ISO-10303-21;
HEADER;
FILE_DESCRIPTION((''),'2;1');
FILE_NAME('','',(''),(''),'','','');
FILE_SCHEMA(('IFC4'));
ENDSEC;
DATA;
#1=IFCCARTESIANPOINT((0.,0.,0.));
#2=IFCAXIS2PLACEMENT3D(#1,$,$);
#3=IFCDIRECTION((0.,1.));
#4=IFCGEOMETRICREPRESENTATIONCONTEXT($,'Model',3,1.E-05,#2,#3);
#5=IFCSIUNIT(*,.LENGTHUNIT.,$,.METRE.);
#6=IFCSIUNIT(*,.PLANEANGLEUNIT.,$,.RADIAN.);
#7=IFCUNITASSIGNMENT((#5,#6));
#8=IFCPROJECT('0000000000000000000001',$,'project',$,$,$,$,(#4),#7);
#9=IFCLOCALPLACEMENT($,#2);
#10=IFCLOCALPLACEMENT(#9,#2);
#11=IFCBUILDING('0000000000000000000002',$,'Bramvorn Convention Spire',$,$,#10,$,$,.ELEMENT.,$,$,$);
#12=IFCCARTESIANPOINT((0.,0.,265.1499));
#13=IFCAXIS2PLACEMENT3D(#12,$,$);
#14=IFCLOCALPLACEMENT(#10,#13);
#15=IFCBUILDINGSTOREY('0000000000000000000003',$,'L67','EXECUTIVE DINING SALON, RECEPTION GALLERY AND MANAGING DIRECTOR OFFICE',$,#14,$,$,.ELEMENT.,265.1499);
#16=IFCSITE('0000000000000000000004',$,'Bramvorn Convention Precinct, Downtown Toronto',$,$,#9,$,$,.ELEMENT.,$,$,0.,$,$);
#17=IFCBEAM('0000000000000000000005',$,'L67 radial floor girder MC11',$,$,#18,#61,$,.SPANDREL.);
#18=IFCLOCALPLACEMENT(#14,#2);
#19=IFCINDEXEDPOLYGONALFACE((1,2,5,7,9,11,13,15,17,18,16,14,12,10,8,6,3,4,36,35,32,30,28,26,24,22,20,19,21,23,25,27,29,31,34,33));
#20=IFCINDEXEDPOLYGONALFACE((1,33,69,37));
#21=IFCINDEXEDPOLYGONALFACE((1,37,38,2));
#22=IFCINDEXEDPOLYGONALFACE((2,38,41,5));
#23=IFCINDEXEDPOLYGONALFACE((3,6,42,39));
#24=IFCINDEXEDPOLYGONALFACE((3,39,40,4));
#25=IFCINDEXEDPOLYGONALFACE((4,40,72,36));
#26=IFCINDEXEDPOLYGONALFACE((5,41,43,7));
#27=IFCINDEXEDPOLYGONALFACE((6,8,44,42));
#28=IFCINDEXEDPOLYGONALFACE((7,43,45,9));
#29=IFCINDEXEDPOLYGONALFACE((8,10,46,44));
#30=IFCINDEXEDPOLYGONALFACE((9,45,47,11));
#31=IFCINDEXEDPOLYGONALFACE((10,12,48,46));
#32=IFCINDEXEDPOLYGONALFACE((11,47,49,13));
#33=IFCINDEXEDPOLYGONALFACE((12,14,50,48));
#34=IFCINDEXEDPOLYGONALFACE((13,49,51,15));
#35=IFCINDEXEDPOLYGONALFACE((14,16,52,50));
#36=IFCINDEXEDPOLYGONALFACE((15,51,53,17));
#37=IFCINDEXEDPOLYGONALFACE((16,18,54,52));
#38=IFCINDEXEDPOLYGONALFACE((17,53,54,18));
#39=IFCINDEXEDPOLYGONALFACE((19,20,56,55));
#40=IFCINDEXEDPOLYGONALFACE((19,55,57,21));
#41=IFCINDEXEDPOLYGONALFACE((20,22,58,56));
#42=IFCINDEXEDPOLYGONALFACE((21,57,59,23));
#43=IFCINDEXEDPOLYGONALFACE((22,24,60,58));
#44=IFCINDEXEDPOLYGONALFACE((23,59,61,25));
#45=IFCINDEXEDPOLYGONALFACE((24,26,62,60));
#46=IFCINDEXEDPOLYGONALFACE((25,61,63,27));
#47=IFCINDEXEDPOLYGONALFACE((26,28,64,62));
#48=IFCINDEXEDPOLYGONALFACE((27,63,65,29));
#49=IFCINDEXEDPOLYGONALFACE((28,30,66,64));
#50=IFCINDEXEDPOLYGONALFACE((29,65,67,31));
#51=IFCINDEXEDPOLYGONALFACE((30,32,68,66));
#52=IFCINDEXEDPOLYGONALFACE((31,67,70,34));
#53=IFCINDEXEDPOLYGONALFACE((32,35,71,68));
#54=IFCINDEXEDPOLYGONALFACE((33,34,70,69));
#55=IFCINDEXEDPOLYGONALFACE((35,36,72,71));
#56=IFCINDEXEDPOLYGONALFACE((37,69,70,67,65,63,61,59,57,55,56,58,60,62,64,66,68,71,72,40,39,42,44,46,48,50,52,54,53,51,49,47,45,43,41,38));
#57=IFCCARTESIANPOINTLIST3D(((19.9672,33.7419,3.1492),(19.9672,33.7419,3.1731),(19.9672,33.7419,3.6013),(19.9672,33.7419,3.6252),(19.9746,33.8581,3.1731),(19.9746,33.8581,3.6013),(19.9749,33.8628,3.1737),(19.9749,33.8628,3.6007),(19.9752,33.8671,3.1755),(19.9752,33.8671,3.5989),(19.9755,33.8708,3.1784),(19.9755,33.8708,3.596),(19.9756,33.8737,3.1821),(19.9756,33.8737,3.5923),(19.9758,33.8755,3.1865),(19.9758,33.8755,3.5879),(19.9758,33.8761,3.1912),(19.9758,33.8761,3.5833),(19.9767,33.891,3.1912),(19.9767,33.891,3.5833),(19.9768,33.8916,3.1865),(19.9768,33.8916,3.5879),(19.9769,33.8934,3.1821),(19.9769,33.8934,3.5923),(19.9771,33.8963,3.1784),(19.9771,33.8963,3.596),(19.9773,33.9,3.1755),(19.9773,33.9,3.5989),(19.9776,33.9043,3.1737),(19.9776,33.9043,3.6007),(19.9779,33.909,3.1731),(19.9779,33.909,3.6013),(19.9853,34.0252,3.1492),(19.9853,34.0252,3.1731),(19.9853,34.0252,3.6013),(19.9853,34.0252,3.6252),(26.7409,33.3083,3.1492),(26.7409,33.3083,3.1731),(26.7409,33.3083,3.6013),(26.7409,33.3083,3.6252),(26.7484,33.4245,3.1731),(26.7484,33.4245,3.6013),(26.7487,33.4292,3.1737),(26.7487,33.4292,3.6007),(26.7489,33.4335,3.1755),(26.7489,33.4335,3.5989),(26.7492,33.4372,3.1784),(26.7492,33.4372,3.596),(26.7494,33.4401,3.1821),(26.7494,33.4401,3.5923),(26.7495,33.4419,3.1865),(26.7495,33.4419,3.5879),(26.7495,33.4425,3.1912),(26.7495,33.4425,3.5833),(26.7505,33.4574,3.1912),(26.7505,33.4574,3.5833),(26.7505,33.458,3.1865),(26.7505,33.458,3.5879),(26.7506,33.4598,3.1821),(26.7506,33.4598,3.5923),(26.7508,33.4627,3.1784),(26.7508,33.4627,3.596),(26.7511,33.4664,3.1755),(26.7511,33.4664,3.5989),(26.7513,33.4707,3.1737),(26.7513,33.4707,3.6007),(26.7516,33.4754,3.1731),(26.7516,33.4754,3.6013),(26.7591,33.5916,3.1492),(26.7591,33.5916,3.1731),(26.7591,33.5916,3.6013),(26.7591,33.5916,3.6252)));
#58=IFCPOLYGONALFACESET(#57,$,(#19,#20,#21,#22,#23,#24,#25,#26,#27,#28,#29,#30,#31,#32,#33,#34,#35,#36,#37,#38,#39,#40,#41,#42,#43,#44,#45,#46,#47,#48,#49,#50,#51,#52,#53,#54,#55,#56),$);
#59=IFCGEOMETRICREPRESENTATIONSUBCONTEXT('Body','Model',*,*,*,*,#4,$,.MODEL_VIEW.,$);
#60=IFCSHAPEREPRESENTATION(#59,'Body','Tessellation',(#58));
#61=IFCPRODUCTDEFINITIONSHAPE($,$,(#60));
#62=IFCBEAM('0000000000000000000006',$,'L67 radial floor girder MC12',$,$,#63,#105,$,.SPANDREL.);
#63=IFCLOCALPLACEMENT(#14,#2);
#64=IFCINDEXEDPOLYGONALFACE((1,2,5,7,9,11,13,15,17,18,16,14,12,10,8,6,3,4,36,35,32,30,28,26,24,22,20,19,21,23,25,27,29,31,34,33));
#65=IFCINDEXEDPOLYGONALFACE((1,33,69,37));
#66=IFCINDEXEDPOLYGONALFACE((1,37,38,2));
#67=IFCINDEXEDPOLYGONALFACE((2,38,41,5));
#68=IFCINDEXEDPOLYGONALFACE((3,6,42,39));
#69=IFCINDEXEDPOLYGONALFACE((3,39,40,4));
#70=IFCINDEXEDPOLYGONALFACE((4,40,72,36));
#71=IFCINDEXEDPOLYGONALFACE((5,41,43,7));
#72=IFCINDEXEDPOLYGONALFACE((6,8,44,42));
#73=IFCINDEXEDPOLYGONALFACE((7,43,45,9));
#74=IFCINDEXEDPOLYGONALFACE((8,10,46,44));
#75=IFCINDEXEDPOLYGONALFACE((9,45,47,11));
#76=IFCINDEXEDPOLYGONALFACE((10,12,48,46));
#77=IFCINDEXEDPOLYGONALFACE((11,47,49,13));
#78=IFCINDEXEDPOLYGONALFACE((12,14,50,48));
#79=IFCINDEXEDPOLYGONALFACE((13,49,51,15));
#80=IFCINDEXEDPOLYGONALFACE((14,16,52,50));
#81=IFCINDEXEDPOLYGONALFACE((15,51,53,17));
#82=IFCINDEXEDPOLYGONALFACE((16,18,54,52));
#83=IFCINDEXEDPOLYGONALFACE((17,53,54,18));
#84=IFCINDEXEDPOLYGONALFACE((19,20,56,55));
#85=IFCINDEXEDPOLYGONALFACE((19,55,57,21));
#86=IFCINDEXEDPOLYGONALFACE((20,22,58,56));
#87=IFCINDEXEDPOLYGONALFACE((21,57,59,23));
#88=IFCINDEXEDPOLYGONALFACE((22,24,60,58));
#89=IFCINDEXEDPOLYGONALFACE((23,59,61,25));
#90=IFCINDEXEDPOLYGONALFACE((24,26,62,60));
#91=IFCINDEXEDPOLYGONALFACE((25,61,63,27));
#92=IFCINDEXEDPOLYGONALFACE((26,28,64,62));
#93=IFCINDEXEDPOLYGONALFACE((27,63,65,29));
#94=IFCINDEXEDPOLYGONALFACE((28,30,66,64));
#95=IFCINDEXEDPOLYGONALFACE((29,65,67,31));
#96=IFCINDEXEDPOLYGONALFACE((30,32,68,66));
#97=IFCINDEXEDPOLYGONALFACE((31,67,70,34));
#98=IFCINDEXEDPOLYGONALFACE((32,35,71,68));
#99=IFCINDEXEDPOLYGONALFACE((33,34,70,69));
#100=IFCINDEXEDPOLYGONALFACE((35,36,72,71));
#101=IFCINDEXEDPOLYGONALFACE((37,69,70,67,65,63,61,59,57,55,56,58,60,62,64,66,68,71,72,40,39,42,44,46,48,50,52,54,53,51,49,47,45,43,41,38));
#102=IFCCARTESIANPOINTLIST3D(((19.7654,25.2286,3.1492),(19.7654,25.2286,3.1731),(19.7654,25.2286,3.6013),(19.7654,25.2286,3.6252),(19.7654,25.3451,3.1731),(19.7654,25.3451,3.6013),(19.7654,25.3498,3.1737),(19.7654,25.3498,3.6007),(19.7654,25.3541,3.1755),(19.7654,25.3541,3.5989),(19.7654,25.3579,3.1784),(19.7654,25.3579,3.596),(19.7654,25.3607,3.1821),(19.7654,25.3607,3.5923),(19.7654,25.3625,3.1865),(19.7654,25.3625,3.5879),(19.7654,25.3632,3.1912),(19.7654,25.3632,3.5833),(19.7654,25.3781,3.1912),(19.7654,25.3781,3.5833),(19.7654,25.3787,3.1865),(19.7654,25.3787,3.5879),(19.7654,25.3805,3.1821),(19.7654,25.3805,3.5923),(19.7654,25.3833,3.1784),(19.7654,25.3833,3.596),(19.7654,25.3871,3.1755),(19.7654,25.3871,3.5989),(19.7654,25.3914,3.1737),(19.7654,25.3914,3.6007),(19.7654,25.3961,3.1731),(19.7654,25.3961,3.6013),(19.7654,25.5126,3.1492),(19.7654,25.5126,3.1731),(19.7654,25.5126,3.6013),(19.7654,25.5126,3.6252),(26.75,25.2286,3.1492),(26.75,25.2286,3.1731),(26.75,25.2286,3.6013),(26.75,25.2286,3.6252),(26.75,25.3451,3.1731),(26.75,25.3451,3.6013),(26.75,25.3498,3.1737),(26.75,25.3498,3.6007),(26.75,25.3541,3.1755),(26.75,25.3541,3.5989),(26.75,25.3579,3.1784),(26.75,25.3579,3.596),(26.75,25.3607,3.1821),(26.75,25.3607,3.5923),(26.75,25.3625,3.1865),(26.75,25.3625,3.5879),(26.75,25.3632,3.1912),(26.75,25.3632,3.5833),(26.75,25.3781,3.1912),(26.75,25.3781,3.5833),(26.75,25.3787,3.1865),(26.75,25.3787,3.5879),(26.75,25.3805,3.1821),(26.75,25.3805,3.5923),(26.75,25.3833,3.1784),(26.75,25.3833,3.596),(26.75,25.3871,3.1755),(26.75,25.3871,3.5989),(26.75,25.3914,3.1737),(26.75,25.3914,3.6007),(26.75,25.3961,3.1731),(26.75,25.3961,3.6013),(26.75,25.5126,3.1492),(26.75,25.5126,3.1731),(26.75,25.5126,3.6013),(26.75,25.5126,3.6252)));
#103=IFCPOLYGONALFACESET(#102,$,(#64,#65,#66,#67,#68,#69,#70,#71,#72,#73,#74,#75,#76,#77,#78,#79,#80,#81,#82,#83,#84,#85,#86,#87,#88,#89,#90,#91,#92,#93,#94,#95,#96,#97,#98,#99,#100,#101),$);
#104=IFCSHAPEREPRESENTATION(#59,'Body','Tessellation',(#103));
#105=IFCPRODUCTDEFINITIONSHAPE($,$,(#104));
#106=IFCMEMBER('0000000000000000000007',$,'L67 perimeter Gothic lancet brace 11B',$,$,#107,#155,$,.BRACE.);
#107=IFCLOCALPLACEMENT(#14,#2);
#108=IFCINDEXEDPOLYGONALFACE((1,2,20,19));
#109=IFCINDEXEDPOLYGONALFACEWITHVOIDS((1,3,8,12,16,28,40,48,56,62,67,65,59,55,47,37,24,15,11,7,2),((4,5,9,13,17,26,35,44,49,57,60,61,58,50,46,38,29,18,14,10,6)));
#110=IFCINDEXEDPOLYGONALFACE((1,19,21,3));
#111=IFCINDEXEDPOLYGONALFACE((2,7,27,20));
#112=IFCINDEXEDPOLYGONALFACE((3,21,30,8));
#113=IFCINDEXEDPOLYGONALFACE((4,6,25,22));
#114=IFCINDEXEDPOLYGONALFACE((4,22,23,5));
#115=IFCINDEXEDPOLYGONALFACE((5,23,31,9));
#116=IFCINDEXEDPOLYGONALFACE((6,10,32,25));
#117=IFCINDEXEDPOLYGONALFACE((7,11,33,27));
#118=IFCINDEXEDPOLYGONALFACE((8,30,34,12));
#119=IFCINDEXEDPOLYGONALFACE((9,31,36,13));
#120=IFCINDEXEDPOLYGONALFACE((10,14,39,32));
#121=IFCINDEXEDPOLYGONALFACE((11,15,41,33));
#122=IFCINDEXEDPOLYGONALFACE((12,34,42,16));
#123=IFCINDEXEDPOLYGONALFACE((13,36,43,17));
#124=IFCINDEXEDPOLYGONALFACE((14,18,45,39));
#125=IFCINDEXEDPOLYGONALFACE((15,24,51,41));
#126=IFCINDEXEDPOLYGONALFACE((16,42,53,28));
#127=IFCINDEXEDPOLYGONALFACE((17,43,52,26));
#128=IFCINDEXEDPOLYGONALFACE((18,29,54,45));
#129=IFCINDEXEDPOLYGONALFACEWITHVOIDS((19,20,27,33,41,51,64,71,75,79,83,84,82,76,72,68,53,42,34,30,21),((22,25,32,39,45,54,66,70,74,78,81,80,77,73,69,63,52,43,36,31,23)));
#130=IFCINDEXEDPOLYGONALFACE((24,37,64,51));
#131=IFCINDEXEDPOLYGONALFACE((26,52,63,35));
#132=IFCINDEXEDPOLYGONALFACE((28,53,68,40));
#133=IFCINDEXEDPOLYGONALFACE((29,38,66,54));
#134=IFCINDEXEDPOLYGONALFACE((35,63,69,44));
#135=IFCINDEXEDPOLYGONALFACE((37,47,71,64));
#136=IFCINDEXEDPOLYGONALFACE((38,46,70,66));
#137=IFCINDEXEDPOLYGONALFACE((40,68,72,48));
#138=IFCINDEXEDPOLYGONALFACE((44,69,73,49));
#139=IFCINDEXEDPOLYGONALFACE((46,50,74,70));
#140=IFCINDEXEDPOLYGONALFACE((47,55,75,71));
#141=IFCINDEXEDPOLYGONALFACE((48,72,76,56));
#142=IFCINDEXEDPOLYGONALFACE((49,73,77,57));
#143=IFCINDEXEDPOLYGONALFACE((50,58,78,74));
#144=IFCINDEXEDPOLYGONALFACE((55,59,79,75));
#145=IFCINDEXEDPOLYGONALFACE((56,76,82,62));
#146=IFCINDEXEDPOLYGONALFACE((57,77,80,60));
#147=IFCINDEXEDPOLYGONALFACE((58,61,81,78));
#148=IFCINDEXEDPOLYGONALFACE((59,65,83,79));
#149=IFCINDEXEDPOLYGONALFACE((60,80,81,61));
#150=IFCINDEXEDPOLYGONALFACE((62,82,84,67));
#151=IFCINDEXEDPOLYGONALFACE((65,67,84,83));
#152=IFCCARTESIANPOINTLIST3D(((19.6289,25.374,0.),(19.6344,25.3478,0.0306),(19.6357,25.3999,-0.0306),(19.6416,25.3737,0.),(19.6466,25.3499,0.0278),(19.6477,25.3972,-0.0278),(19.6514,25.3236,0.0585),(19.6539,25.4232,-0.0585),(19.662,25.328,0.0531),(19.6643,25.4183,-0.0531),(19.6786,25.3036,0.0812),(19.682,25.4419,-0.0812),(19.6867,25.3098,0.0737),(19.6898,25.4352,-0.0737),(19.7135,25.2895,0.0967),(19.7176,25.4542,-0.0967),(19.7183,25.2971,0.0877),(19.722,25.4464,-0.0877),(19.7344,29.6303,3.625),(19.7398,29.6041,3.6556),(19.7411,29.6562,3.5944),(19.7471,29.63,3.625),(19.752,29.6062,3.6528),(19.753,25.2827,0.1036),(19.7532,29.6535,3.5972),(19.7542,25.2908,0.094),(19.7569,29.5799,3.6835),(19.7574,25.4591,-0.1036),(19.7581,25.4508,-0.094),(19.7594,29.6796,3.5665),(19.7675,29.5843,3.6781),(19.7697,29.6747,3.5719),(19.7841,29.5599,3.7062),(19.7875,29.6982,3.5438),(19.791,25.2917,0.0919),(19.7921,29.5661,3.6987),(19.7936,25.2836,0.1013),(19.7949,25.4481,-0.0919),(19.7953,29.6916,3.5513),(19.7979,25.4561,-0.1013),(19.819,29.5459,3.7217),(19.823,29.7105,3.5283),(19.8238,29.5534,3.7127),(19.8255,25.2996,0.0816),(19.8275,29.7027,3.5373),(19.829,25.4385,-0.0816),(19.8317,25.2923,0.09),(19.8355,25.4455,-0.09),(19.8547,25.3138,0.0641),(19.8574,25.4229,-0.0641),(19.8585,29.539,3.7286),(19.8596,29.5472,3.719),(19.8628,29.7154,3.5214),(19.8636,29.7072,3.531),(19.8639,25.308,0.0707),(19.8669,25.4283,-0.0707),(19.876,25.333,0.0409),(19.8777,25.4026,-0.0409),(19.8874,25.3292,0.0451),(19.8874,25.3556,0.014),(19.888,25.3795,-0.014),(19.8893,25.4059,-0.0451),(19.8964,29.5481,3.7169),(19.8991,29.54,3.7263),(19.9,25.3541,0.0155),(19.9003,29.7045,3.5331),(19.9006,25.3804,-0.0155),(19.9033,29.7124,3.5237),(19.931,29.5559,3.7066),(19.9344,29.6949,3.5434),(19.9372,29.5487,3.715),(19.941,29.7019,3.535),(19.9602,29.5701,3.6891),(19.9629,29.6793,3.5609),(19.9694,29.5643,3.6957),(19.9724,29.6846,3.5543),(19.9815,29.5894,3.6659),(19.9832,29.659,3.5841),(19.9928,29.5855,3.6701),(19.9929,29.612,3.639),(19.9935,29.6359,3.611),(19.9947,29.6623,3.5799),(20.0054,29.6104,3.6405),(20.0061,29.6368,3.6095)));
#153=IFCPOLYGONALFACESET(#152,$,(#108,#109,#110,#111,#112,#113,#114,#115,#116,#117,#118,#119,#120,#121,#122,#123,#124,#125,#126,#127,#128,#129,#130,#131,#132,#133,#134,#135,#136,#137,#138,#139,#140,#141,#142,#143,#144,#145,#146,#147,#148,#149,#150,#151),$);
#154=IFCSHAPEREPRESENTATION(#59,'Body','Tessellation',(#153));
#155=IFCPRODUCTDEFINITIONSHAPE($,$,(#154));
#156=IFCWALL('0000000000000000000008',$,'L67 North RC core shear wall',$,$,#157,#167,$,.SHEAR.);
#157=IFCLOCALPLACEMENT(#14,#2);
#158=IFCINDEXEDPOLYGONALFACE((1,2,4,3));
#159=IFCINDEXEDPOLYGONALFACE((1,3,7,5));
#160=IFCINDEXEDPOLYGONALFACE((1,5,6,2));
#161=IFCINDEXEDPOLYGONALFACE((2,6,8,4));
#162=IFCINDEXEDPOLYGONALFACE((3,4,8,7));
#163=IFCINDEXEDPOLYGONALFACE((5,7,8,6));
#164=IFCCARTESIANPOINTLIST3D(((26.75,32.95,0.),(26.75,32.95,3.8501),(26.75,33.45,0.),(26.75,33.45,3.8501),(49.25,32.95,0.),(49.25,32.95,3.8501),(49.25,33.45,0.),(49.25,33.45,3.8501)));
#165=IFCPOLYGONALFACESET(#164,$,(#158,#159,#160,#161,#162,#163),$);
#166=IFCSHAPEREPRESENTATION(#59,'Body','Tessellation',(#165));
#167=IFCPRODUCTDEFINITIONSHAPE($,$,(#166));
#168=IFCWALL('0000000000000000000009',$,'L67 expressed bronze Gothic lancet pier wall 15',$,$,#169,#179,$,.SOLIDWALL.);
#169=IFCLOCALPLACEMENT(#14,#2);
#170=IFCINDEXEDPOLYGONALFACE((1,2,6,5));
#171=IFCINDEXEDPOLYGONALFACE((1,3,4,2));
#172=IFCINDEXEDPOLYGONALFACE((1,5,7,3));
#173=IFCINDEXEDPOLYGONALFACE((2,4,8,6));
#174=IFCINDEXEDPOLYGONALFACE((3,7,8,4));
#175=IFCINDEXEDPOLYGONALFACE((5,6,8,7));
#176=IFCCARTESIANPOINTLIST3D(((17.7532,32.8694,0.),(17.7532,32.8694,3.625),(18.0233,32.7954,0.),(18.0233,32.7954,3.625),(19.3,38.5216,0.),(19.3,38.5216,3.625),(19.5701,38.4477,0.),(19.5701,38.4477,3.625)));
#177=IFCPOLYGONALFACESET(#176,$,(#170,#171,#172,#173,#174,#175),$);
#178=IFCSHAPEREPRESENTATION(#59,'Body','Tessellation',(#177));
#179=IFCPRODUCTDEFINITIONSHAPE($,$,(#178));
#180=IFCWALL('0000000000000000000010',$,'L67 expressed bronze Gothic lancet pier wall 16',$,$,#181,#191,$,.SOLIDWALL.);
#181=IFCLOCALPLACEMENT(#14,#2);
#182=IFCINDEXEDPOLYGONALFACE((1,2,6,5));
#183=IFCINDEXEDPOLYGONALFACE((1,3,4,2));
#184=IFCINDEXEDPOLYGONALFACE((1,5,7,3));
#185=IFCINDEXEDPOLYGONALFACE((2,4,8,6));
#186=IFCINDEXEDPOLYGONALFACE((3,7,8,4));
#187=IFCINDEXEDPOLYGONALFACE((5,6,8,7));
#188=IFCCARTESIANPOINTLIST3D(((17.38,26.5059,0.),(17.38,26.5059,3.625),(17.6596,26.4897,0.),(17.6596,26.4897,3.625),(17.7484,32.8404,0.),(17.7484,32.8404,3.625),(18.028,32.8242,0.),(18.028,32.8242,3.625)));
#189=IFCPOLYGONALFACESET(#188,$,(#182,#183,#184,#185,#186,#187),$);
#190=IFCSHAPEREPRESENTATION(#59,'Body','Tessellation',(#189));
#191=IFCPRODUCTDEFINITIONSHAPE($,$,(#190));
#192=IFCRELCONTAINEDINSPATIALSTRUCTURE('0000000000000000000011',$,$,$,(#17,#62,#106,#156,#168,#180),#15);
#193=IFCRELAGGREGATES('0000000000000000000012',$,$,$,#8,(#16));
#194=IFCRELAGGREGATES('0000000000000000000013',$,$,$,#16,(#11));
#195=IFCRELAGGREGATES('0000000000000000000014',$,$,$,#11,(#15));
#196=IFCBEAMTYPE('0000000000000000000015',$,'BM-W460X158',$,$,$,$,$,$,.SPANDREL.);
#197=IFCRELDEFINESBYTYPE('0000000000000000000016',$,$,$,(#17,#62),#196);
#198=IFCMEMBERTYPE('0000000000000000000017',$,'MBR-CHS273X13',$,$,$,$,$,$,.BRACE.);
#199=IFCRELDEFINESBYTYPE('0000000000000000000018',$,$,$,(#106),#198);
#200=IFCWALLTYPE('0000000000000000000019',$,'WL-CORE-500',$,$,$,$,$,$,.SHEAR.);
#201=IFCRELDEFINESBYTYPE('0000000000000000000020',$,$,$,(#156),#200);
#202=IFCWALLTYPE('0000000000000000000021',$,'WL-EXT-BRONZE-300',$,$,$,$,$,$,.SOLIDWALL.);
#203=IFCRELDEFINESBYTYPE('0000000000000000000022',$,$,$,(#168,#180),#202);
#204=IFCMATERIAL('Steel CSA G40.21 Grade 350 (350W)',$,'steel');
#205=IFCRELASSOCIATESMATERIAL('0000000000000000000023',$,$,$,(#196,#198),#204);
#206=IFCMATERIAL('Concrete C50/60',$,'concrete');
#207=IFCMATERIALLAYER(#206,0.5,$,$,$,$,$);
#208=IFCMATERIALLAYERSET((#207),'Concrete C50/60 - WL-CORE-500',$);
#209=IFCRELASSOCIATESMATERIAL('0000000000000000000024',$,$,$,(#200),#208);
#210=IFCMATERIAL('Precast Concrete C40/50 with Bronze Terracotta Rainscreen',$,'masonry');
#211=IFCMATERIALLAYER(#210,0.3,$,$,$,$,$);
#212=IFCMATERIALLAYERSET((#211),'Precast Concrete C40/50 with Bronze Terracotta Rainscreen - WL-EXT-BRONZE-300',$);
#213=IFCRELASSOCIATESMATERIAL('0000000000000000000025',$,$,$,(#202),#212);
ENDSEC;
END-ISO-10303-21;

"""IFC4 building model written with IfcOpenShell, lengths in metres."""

from ifc_helpers import new_model, si_unit, direction, frame, frame_2d, origin, origin_2d, place, context, subcontext, project, spatial, rectangle, hollow_circle, i_section, extrude, material, layer, layer_set, material_profile, profile_set, type_object, element, save


model = new_model("IFC4")

# Units and contexts
model_context = context("Model", 3, precision=1e-05, world=origin(), true_north=direction((0.0, 1.0)))
body_context = subcontext(model_context, "Body", "Model", "MODEL_VIEW")
ifc_project = project(units=[si_unit("LENGTHUNIT", "METRE"), si_unit("PLANEANGLEUNIT", "RADIAN")], contexts=[model_context])

# Site, building, storey
site_placement = place(None, origin())
site = spatial("IfcSite", under=ifc_project, at=site_placement, Name="Bramvorn Convention Precinct, Downtown Toronto", CompositionType="ELEMENT", RefElevation=0.0)
building_placement = place(site_placement, origin())
building = spatial("IfcBuilding", under=site, at=building_placement, Name="Bramvorn Convention Spire", CompositionType="ELEMENT")
storey_placement = place(building_placement, frame((0.0, 0.0, 265.1499)))
storey = spatial("IfcBuildingStorey", under=building, at=storey_placement, Name="L67", Description="EXECUTIVE DINING SALON, RECEPTION GALLERY AND MANAGING DIRECTOR OFFICE", CompositionType="ELEMENT", Elevation=265.1499)

# Shared definitions
ifc_material_1 = material(Name="Steel CSA G40.21 Grade 350 (350W)", Category="steel")

# Beams
ifc_material_profile_1 = material_profile(ifc_material_1, i_section(OverallWidth=0.2839, OverallDepth=0.4761, WebThickness=0.0149, FlangeThickness=0.0239, FilletRadius=0.0181, at=origin_2d()))
ifc_profile_set_1 = profile_set([ifc_material_profile_1], Name="Steel CSA G40.21 Grade 350 (350W) - W460X158")
beam_type_1 = type_object("IfcBeamType", Name="BM-W460X158", PredefinedType="SPANDREL", material=ifc_profile_set_1)
beam_1_placement = place(storey_placement, frame((26.75, 33.45, 3.3872), z_axis=(-0.997958, 0.063881, 0.0), x_axis=(-0.063881, -0.997958, 0.0)))
element("IfcBeam", 1, at=beam_1_placement, inside=storey, type_object=beam_type_1, Name="L67 radial floor girder MC11", PredefinedType="SPANDREL", context=body_context, shape_type="SweptSolid", body=[
    extrude(i_section(OverallWidth=0.2839, OverallDepth=0.4761, WebThickness=0.0149, FlangeThickness=0.0239, FilletRadius=0.0181, at=origin_2d()), origin(), (0.0, 0.0, 1.0), 6.7876),
])
beam_2_placement = place(storey_placement, frame((26.75, 25.3706, 3.3872), z_axis=(-1.0, 0.0, 0.0), x_axis=(0.0, -1.0, 0.0)))
element("IfcBeam", 2, at=beam_2_placement, inside=storey, type_object=beam_type_1, Name="L67 radial floor girder MC12", PredefinedType="SPANDREL", context=body_context, shape_type="SweptSolid", body=[
    extrude(i_section(OverallWidth=0.2839, OverallDepth=0.4761, WebThickness=0.0149, FlangeThickness=0.0239, FilletRadius=0.0181, at=origin_2d()), origin(), (0.0, 0.0, 1.0), 6.9846),
])

# Member
ifc_material_profile_2 = material_profile(ifc_material_1, hollow_circle(Radius=0.1365, WallThickness=0.0127, at=origin_2d()))
ifc_profile_set_2 = profile_set([ifc_material_profile_2], Name="Steel CSA G40.21 Grade 350 (350W) - CHS273X13")
member_type = type_object("IfcMemberType", Name="MBR-CHS273X13", PredefinedType="BRACE", material=ifc_profile_set_2)
member_placement = place(storey_placement, frame((19.7654, 25.3706, 0.0), z_axis=(0.018861, 0.761176, 0.648271), x_axis=(-0.999693, 0.024772, 0.0)))
element("IfcMember", 3, at=member_placement, inside=storey, type_object=member_type, Name="L67 perimeter Gothic lancet brace 11B", PredefinedType="BRACE", context=body_context, shape_type="SweptSolid", body=[
    extrude(hollow_circle(Radius=0.1365, WallThickness=0.0127, at=origin_2d()), origin(), (0.0, 0.0, 1.0), 5.5918),
])

# Walls
ifc_material_2 = material(Name="Concrete C50/60", Category="concrete")
ifc_layer_1 = layer(ifc_material_2, 0.5)
ifc_layer_set_1 = layer_set([ifc_layer_1], Name="Concrete C50/60 - WL-CORE-500")
wall_type_1 = type_object("IfcWallType", Name="WL-CORE-500", PredefinedType="SHEAR", material=ifc_layer_set_1)
wall_1_placement = place(storey_placement, frame((26.75, 33.2, 0.0), z_axis=(0.0, 0.0, 1.0), x_axis=(1.0, 0.0, 0.0)))
element("IfcWall", 4, at=wall_1_placement, inside=storey, type_object=wall_type_1, Name="L67 North RC core shear wall", PredefinedType="SHEAR", context=body_context, shape_type="SweptSolid", body=[
    extrude(rectangle(XDim=22.5, YDim=0.5, at=frame_2d((11.25, 0.0))), origin(), (0.0, 0.0, 1.0), 3.8501),
])
ifc_material_3 = material(Name="Precast Concrete C40/50 with Bronze Terracotta Rainscreen", Category="masonry")
ifc_layer_2 = layer(ifc_material_3, 0.3)
ifc_layer_set_2 = layer_set([ifc_layer_2], Name="Precast Concrete C40/50 with Bronze Terracotta Rainscreen - WL-EXT-BRONZE-300")
wall_type_2 = type_object("IfcWallType", Name="WL-EXT-BRONZE-300", PredefinedType="SOLIDWALL", material=ifc_layer_set_2)
wall_2_placement = place(storey_placement, frame((17.8882, 32.8323, 0.0), z_axis=(0.0, 0.0, 1.0), x_axis=(0.263963, 0.964533, 0.0)))
element("IfcWall", 5, at=wall_2_placement, inside=storey, type_object=wall_type_2, Name="L67 expressed bronze Gothic lancet pier wall 15", PredefinedType="SOLIDWALL", context=body_context, shape_type="SweptSolid", body=[
    extrude(rectangle(XDim=5.8601, YDim=0.28, at=frame_2d((2.9302, 0.0))), origin(), (0.0, 0.0, 1.0), 3.625),
])
wall_3_placement = place(storey_placement, frame((17.5198, 26.4978, 0.0), z_axis=(0.0, 0.0, 1.0), x_axis=(0.058061, 0.998313, 0.0)))
element("IfcWall", 6, at=wall_3_placement, inside=storey, type_object=wall_type_2, Name="L67 expressed bronze Gothic lancet pier wall 16", PredefinedType="SOLIDWALL", context=body_context, shape_type="SweptSolid", body=[
    extrude(rectangle(XDim=6.3452, YDim=0.28, at=frame_2d((3.1726, 0.0))), origin(), (0.0, 0.0, 1.0), 3.625),
])

save(model, "model.ifc")
